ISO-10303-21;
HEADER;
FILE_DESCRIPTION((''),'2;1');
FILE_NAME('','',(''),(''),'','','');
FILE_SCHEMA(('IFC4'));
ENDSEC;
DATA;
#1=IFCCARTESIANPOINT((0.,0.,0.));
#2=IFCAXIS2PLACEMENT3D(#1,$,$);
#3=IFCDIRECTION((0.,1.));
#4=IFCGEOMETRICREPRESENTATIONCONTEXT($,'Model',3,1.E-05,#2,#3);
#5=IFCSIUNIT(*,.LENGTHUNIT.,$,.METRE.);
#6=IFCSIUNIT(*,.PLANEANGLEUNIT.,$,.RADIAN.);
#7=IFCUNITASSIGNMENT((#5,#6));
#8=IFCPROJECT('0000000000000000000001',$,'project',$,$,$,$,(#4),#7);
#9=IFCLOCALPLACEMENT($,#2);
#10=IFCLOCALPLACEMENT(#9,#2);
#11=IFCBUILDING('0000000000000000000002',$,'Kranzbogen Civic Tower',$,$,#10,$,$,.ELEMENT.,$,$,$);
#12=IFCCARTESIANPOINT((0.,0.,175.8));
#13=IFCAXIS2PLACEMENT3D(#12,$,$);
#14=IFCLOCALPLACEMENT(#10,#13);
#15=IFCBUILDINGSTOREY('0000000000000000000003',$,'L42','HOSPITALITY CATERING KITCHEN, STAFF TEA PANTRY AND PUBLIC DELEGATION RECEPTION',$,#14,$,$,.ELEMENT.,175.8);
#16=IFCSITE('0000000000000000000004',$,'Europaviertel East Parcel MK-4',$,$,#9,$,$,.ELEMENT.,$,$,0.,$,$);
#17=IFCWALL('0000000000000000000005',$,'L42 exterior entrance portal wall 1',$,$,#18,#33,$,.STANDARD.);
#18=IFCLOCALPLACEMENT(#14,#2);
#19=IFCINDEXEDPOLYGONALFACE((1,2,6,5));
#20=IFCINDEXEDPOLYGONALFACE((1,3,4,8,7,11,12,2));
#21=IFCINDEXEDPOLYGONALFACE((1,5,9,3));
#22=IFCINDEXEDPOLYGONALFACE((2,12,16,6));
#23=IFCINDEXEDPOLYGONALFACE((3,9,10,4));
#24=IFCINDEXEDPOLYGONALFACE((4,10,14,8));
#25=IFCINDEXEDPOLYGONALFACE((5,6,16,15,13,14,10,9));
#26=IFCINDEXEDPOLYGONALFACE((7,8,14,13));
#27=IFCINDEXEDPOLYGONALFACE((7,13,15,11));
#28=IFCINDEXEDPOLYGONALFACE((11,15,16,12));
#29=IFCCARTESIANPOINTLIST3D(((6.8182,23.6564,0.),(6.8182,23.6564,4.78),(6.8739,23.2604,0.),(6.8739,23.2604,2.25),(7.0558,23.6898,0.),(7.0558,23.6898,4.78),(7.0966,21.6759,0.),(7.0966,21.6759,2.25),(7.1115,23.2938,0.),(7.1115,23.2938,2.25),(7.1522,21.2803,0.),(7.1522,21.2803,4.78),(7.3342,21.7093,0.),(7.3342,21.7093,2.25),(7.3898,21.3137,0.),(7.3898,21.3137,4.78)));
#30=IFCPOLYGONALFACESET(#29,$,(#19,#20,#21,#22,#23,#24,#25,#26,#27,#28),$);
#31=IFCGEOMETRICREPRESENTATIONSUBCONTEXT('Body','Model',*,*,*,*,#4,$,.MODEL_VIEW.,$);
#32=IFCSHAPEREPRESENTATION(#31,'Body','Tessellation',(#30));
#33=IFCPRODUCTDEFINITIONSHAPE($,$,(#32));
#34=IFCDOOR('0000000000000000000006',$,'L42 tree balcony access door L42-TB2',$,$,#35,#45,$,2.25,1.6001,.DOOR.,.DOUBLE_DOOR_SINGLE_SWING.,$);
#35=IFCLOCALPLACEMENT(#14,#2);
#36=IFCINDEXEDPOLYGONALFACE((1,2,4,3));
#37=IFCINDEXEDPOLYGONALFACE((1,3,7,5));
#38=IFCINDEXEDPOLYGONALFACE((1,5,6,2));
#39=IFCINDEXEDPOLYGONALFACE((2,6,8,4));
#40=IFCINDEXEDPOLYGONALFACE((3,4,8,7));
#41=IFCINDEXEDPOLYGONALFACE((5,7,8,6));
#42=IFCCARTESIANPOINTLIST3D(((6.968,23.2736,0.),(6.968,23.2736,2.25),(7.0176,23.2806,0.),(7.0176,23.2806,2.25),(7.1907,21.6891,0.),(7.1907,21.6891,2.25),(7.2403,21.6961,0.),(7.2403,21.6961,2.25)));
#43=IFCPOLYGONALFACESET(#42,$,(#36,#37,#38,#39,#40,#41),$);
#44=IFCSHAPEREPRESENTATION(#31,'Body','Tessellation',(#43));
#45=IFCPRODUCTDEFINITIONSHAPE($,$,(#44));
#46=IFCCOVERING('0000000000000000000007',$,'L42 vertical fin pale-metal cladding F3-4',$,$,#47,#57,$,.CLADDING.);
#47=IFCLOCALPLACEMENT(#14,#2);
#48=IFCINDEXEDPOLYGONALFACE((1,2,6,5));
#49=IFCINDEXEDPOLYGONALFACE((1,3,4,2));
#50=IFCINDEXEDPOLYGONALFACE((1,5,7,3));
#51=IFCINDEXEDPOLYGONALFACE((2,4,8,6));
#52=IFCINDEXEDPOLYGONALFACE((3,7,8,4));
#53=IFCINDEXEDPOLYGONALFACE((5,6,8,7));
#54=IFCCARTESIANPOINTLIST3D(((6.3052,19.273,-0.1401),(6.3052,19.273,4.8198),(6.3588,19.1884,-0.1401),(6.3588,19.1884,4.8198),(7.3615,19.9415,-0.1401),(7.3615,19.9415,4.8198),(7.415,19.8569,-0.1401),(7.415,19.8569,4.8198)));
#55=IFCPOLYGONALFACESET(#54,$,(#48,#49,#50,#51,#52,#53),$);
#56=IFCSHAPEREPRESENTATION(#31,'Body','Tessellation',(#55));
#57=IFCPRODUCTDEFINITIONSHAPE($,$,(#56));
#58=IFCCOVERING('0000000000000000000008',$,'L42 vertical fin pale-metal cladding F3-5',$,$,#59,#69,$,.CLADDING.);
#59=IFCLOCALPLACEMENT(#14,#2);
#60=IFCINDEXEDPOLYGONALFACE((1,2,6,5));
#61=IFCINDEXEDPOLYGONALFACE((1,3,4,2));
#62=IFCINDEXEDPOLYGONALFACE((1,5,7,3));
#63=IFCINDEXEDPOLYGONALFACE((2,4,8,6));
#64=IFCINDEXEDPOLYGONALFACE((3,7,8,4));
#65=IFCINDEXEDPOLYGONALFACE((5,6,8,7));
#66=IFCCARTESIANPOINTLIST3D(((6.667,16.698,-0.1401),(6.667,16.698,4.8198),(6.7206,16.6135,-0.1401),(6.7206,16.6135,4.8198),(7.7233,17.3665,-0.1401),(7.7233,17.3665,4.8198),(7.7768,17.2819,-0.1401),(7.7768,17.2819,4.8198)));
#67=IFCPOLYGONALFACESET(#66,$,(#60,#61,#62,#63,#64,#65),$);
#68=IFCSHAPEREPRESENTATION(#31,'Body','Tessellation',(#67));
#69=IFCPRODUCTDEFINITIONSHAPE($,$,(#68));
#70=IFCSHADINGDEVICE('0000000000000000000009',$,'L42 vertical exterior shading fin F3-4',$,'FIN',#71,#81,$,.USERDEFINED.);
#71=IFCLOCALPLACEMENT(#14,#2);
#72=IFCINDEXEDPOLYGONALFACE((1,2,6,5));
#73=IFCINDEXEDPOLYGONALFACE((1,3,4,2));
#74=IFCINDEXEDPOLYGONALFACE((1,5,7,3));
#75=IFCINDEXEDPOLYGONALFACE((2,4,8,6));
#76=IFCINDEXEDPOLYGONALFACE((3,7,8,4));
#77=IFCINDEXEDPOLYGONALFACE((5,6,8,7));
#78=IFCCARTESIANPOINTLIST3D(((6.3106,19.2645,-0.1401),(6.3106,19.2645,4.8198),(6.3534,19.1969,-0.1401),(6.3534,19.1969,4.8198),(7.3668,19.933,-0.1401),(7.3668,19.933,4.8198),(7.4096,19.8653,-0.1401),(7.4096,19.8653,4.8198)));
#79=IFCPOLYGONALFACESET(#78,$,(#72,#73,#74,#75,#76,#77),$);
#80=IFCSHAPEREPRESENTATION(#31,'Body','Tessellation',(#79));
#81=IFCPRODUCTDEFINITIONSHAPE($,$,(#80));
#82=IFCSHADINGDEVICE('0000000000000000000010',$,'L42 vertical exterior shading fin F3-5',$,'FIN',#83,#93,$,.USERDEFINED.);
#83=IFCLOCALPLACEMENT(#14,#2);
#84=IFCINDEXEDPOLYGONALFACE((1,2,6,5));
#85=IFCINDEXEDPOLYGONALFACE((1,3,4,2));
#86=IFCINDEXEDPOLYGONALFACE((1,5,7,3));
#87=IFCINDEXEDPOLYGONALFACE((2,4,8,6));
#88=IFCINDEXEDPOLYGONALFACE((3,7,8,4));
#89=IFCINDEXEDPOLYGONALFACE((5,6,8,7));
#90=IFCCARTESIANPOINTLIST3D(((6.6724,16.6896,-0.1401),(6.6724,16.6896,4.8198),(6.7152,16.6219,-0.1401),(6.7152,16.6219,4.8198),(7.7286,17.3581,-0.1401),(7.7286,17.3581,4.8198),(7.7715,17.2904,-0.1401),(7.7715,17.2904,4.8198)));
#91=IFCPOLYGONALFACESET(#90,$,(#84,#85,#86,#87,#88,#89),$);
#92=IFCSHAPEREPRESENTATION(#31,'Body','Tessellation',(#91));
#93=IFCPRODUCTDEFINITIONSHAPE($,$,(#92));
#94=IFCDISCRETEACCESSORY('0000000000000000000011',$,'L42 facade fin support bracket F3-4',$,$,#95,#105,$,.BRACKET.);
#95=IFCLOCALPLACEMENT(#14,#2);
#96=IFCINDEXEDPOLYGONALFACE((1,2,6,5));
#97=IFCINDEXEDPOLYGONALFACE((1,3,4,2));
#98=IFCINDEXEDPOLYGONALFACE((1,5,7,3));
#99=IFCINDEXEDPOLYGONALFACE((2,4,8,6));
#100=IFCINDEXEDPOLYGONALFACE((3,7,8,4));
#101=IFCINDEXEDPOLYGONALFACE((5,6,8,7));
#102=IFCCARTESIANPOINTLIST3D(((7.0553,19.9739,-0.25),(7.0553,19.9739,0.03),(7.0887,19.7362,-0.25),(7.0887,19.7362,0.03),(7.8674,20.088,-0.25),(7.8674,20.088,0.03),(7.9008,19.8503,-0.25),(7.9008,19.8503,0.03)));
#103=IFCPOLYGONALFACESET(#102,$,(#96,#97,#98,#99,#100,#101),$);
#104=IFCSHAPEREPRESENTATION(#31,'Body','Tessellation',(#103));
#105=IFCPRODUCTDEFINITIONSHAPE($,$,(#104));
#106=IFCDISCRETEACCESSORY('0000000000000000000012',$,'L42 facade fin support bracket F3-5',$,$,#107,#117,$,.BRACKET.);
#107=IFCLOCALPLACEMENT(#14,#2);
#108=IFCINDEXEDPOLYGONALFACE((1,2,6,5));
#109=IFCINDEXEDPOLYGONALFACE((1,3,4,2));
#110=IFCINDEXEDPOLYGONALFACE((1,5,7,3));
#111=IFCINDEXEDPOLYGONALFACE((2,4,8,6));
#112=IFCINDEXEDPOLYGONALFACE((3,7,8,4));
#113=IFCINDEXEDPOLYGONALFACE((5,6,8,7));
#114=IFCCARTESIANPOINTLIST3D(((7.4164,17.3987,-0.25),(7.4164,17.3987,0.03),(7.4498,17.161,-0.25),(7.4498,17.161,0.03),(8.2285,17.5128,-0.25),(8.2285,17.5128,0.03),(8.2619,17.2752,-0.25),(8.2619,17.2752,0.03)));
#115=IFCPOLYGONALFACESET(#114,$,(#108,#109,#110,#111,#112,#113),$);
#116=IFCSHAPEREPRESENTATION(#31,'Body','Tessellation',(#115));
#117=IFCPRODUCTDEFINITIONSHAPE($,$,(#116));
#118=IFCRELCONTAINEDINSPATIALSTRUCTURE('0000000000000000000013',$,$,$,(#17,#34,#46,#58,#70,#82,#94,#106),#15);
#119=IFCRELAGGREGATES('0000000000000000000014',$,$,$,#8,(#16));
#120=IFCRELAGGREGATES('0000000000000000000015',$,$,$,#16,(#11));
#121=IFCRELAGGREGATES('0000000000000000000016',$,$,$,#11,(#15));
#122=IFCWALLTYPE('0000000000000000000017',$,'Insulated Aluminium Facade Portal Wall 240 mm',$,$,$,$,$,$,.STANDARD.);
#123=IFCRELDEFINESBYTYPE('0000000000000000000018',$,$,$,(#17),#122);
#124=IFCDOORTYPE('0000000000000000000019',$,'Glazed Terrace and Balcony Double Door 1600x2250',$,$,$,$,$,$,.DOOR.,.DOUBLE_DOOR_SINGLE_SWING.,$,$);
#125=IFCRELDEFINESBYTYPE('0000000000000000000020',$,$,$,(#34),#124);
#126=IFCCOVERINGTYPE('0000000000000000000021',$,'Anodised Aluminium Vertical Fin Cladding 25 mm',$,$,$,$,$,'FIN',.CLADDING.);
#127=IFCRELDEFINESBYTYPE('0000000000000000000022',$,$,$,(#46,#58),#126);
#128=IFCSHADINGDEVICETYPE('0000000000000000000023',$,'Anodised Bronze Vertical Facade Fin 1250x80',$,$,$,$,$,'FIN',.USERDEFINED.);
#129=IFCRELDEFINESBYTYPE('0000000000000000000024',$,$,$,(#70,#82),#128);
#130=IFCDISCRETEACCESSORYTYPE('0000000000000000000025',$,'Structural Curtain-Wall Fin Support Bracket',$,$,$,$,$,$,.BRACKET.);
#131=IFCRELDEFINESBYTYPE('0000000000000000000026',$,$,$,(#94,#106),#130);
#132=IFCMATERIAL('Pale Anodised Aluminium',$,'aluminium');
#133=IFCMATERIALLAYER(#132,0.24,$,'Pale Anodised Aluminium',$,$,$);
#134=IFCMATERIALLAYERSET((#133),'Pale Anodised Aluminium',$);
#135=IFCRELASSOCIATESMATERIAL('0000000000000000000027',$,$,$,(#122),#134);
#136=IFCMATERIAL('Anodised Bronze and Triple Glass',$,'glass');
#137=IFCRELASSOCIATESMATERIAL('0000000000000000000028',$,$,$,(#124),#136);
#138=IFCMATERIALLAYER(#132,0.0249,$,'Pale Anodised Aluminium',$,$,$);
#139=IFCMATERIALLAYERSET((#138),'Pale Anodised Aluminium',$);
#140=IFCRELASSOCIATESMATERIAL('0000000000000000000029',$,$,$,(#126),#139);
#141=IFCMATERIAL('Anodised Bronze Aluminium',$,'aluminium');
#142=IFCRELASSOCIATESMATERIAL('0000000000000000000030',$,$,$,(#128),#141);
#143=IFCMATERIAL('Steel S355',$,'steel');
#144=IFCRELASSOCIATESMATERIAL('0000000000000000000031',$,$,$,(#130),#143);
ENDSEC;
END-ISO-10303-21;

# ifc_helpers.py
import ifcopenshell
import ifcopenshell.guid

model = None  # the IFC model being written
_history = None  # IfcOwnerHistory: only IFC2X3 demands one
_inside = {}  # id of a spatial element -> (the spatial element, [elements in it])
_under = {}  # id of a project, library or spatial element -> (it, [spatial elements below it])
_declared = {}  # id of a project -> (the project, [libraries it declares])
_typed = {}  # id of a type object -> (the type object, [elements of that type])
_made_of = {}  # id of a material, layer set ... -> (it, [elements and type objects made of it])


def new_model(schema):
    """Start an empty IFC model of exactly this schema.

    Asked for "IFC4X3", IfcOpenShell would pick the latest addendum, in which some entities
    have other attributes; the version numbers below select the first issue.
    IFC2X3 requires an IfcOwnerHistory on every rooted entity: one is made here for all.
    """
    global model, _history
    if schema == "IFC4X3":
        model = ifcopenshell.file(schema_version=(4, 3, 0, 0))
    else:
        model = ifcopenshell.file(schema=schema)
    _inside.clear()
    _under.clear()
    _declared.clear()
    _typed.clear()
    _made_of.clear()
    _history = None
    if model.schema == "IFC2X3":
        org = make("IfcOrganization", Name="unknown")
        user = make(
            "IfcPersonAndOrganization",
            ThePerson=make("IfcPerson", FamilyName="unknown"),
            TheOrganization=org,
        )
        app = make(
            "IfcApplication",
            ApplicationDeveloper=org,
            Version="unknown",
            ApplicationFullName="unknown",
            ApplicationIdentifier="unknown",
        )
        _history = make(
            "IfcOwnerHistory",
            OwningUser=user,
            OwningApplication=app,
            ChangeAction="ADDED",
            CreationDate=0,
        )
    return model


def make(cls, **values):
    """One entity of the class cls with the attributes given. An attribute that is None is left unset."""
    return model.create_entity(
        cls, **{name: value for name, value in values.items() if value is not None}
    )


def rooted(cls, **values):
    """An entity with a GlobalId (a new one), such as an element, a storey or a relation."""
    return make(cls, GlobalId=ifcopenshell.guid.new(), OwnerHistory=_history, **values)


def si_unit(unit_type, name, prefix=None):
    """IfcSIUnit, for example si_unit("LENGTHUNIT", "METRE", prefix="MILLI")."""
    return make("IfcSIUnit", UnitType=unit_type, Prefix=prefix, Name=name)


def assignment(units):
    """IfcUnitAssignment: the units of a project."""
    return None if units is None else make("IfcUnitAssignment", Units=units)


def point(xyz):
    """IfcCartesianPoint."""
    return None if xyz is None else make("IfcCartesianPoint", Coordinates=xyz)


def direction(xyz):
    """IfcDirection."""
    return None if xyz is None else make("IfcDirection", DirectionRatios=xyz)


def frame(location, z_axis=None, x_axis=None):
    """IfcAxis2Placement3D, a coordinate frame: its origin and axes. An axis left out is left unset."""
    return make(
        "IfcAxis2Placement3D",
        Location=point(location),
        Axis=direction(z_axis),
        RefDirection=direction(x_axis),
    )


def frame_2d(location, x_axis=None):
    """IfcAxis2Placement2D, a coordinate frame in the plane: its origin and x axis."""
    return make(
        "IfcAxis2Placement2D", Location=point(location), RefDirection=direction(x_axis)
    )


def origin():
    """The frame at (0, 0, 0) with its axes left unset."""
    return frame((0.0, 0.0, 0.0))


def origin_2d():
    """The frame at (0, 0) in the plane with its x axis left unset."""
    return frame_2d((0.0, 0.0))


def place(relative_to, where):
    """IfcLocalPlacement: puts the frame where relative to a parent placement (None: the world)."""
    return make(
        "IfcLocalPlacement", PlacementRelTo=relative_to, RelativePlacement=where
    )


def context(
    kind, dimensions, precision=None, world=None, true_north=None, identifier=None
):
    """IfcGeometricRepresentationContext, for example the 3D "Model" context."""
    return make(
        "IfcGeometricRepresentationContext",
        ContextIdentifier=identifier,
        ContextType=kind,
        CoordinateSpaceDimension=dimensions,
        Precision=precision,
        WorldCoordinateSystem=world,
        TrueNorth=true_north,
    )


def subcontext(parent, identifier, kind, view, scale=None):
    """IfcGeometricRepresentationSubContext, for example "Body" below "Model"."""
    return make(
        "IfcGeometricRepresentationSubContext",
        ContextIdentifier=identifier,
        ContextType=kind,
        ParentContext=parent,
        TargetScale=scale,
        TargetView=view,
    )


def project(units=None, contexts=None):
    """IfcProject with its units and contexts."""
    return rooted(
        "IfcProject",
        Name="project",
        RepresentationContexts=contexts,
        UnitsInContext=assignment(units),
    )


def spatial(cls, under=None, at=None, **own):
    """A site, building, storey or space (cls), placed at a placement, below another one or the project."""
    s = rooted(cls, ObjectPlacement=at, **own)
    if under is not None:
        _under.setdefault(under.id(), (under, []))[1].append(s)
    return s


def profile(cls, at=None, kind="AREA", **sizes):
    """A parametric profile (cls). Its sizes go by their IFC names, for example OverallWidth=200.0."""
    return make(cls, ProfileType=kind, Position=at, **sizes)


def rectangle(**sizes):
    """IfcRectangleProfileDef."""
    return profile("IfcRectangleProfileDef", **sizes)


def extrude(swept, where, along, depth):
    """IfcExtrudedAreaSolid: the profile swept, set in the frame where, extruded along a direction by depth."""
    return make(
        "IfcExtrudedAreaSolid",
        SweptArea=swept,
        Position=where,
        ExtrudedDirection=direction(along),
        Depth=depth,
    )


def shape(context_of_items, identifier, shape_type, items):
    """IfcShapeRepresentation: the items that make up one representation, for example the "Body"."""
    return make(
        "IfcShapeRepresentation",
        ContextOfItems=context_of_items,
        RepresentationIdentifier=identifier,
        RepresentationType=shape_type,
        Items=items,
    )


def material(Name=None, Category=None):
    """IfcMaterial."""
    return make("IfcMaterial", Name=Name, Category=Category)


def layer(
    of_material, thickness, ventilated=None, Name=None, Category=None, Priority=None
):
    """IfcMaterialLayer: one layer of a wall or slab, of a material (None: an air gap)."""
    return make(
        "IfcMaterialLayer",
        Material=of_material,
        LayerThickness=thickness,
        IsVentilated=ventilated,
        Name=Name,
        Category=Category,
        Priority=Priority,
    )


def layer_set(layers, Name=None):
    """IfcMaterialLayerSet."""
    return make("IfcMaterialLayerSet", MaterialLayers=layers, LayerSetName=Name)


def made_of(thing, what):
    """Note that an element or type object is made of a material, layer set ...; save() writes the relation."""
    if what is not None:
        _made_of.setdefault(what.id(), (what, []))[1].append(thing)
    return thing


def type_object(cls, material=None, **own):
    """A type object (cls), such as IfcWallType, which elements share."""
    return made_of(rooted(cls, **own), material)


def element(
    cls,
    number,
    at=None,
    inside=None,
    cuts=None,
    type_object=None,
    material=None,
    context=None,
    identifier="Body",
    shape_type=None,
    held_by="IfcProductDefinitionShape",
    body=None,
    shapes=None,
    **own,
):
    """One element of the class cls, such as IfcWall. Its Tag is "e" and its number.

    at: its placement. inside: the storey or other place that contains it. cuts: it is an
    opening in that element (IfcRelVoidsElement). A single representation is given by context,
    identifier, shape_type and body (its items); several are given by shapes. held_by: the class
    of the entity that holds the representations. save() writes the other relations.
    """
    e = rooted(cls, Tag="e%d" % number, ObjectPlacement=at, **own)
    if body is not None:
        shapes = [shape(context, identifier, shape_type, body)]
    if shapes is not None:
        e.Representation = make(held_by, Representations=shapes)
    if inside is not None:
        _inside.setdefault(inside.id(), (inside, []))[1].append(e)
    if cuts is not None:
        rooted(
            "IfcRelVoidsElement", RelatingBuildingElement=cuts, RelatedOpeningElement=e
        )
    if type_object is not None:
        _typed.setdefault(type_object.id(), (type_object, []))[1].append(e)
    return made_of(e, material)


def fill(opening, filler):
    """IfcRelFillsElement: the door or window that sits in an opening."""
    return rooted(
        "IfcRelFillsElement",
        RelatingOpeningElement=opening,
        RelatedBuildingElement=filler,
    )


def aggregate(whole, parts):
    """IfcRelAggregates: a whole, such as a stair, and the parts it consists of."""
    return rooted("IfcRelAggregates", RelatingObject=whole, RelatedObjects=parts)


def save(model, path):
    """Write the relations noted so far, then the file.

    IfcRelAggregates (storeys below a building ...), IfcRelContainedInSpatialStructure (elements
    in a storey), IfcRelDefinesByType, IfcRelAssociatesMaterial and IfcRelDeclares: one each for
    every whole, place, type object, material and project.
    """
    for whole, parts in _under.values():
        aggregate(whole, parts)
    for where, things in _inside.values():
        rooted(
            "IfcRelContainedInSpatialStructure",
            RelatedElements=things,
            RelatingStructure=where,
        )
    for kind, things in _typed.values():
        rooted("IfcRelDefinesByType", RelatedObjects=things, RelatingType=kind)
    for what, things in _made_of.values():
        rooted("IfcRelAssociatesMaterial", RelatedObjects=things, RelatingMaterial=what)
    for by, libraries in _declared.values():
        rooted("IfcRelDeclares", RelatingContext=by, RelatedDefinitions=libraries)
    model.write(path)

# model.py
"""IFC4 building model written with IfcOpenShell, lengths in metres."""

from ifc_helpers import new_model, si_unit, direction, frame, frame_2d, origin, origin_2d, place, context, subcontext, project, spatial, rectangle, extrude, material, layer, layer_set, type_object, element, fill, save


model = new_model("IFC4")

# Units and contexts
model_context = context("Model", 3, precision=1e-05, world=origin(), true_north=direction((0.0, 1.0)))
body_context = subcontext(model_context, "Body", "Model", "MODEL_VIEW")
ifc_project = project(units=[si_unit("LENGTHUNIT", "METRE"), si_unit("PLANEANGLEUNIT", "RADIAN")], contexts=[model_context])

# Site, building, storey
site_placement = place(None, origin())
site = spatial("IfcSite", under=ifc_project, at=site_placement, Name="Europaviertel East Parcel MK-4", CompositionType="ELEMENT", RefElevation=0.0)
building_placement = place(site_placement, origin())
building = spatial("IfcBuilding", under=site, at=building_placement, Name="Kranzbogen Civic Tower", CompositionType="ELEMENT")
storey_placement = place(building_placement, frame((0.0, 0.0, 175.8)))
storey = spatial("IfcBuildingStorey", under=building, at=storey_placement, Name="L42", Description="HOSPITALITY CATERING KITCHEN, STAFF TEA PANTRY AND PUBLIC DELEGATION RECEPTION", CompositionType="ELEMENT", Elevation=175.8)

# Shared definitions
ifc_material_1 = material(Name="Pale Anodised Aluminium", Category="aluminium")

# Shared definitions
ifc_material_2 = material(Name="Steel S355", Category="steel")

# Wall, opening, door
ifc_layer_1 = layer(ifc_material_1, 0.24, Name="Pale Anodised Aluminium")
ifc_layer_set_1 = layer_set([ifc_layer_1], Name="Pale Anodised Aluminium")
wall_type_1 = type_object("IfcWallType", Name="Insulated Aluminium Facade Portal Wall 240 mm", PredefinedType="STANDARD", material=ifc_layer_set_1)
wall_1_placement = place(storey_placement, frame((6.937, 23.6731, 0.0), z_axis=(0.0, 0.0, 1.0), x_axis=(0.139199, -0.990264, 0.0)))
wall_1 = element("IfcWall", 1, at=wall_1_placement, inside=storey, type_object=wall_type_1, Name="L42 exterior entrance portal wall 1", PredefinedType="STANDARD", context=body_context, shape_type="SweptSolid", body=[
    extrude(rectangle(XDim=2.3994, YDim=0.24, at=frame_2d((1.1997, 0.0))), origin(), (0.0, 0.0, 1.0), 4.78),
])
opening_placement = place(wall_1_placement, frame((0.3999, 0.0, 0.0)))
opening = element("IfcOpeningElement", 2, at=opening_placement, cuts=wall_1, PredefinedType="OPENING", context=body_context, shape_type="SweptSolid", body=[
    extrude(rectangle(XDim=1.6001, YDim=2.25, at=frame_2d((0.8, 1.125))), frame((0.0, 0.1299, 0.0), z_axis=(0.0, -1.0, 0.0), x_axis=(1.0, 0.0, 0.0)), (0.0, 0.0, 1.0), 0.26),
])
ifc_material_3 = material(Name="Anodised Bronze and Triple Glass", Category="glass")
door_type = type_object("IfcDoorType", Name="Glazed Terrace and Balcony Double Door 1600x2250", OperationType="DOUBLE_DOOR_SINGLE_SWING", PredefinedType="DOOR", material=ifc_material_3)
door_placement = place(opening_placement, frame((1.6001, 0.0, 0.0), z_axis=(0.0, 0.0, 1.0), x_axis=(-1.0, 0.0, 0.0)))
door = element("IfcDoor", 3, at=door_placement, inside=storey, type_object=door_type, Name="L42 tree balcony access door L42-TB2", OperationType="DOUBLE_DOOR_SINGLE_SWING", OverallHeight=2.25, OverallWidth=1.6001, PredefinedType="DOOR", context=body_context, shape_type="SweptSolid", body=[
    extrude(rectangle(XDim=1.6001, YDim=2.25, at=frame_2d((0.8, 1.125))), frame((0.0, 0.0249, 0.0), z_axis=(0.0, -1.0, 0.0), x_axis=(1.0, 0.0, 0.0)), (0.0, 0.0, 1.0), 0.05),
])
fill(opening, door)

# Coverings
ifc_layer_2 = layer(ifc_material_1, 0.0249, Name="Pale Anodised Aluminium")
ifc_layer_set_2 = layer_set([ifc_layer_2], Name="Pale Anodised Aluminium")
covering_type = type_object("IfcCoveringType", Name="Anodised Aluminium Vertical Fin Cladding 25 mm", ElementType="FIN", PredefinedType="CLADDING", material=ifc_layer_set_2)
for number, where, z_axis, x_axis, name in (
    (4, (6.8601, 19.5649, -0.1401), (0.0, 0.0, 1.0), (-0.844991, -0.53478, 0.0), "L42 vertical fin pale-metal cladding F3-4"),
    (5, (7.2219, 16.99, -0.1401), (0.0, 0.0, 1.0), (-0.844991, -0.53478, 0.0), "L42 vertical fin pale-metal cladding F3-5"),
):
    element("IfcCovering", number, at=place(storey_placement, frame(where, z_axis=z_axis, x_axis=x_axis)), inside=storey, type_object=covering_type, Name=name, PredefinedType="CLADDING", context=body_context, shape_type="SweptSolid", body=[
        extrude(rectangle(XDim=1.25, YDim=0.1001, at=origin_2d()), origin(), (0.0, 0.0, 1.0), 4.96),
    ])

# Shading devices
ifc_material_4 = material(Name="Anodised Bronze Aluminium", Category="aluminium")
shading_device_type = type_object("IfcShadingDeviceType", Name="Anodised Bronze Vertical Facade Fin 1250x80", ElementType="FIN", PredefinedType="USERDEFINED", material=ifc_material_4)
for number, where, z_axis, x_axis, name in (
    (6, (6.8601, 19.5649, -0.1401), (0.0, 0.0, 1.0), (-0.844991, -0.53478, 0.0), "L42 vertical exterior shading fin F3-4"),
    (7, (7.2219, 16.99, -0.1401), (0.0, 0.0, 1.0), (-0.844991, -0.53478, 0.0), "L42 vertical exterior shading fin F3-5"),
):
    element("IfcShadingDevice", number, at=place(storey_placement, frame(where, z_axis=z_axis, x_axis=x_axis)), inside=storey, type_object=shading_device_type, Name=name, ObjectType="FIN", PredefinedType="USERDEFINED", context=body_context, shape_type="SweptSolid", body=[
        extrude(rectangle(XDim=1.25, YDim=0.0801, at=origin_2d()), origin(), (0.0, 0.0, 1.0), 4.96),
    ])

# Discrete accessories
discrete_accessory_type = type_object("IfcDiscreteAccessoryType", Name="Structural Curtain-Wall Fin Support Bracket", PredefinedType="BRACKET", material=ifc_material_2)
for number, where, z_axis, x_axis, name in (
    (8, (7.478, 19.9121, -0.25), (0.0, 0.0, 1.0), (-0.990268, -0.139173, 0.0), "L42 facade fin support bracket F3-4"),
    (9, (7.8391, 17.3369, -0.25), (0.0, 0.0, 1.0), (-0.990268, -0.139173, 0.0), "L42 facade fin support bracket F3-5"),
):
    element("IfcDiscreteAccessory", number, at=place(storey_placement, frame(where, z_axis=z_axis, x_axis=x_axis)), inside=storey, type_object=discrete_accessory_type, Name=name, PredefinedType="BRACKET", context=body_context, shape_type="SweptSolid", body=[
        extrude(rectangle(XDim=0.8201, YDim=0.24, at=origin_2d()), origin(), (0.0, 0.0, 1.0), 0.28),
    ])

save(model, "model.ifc")
